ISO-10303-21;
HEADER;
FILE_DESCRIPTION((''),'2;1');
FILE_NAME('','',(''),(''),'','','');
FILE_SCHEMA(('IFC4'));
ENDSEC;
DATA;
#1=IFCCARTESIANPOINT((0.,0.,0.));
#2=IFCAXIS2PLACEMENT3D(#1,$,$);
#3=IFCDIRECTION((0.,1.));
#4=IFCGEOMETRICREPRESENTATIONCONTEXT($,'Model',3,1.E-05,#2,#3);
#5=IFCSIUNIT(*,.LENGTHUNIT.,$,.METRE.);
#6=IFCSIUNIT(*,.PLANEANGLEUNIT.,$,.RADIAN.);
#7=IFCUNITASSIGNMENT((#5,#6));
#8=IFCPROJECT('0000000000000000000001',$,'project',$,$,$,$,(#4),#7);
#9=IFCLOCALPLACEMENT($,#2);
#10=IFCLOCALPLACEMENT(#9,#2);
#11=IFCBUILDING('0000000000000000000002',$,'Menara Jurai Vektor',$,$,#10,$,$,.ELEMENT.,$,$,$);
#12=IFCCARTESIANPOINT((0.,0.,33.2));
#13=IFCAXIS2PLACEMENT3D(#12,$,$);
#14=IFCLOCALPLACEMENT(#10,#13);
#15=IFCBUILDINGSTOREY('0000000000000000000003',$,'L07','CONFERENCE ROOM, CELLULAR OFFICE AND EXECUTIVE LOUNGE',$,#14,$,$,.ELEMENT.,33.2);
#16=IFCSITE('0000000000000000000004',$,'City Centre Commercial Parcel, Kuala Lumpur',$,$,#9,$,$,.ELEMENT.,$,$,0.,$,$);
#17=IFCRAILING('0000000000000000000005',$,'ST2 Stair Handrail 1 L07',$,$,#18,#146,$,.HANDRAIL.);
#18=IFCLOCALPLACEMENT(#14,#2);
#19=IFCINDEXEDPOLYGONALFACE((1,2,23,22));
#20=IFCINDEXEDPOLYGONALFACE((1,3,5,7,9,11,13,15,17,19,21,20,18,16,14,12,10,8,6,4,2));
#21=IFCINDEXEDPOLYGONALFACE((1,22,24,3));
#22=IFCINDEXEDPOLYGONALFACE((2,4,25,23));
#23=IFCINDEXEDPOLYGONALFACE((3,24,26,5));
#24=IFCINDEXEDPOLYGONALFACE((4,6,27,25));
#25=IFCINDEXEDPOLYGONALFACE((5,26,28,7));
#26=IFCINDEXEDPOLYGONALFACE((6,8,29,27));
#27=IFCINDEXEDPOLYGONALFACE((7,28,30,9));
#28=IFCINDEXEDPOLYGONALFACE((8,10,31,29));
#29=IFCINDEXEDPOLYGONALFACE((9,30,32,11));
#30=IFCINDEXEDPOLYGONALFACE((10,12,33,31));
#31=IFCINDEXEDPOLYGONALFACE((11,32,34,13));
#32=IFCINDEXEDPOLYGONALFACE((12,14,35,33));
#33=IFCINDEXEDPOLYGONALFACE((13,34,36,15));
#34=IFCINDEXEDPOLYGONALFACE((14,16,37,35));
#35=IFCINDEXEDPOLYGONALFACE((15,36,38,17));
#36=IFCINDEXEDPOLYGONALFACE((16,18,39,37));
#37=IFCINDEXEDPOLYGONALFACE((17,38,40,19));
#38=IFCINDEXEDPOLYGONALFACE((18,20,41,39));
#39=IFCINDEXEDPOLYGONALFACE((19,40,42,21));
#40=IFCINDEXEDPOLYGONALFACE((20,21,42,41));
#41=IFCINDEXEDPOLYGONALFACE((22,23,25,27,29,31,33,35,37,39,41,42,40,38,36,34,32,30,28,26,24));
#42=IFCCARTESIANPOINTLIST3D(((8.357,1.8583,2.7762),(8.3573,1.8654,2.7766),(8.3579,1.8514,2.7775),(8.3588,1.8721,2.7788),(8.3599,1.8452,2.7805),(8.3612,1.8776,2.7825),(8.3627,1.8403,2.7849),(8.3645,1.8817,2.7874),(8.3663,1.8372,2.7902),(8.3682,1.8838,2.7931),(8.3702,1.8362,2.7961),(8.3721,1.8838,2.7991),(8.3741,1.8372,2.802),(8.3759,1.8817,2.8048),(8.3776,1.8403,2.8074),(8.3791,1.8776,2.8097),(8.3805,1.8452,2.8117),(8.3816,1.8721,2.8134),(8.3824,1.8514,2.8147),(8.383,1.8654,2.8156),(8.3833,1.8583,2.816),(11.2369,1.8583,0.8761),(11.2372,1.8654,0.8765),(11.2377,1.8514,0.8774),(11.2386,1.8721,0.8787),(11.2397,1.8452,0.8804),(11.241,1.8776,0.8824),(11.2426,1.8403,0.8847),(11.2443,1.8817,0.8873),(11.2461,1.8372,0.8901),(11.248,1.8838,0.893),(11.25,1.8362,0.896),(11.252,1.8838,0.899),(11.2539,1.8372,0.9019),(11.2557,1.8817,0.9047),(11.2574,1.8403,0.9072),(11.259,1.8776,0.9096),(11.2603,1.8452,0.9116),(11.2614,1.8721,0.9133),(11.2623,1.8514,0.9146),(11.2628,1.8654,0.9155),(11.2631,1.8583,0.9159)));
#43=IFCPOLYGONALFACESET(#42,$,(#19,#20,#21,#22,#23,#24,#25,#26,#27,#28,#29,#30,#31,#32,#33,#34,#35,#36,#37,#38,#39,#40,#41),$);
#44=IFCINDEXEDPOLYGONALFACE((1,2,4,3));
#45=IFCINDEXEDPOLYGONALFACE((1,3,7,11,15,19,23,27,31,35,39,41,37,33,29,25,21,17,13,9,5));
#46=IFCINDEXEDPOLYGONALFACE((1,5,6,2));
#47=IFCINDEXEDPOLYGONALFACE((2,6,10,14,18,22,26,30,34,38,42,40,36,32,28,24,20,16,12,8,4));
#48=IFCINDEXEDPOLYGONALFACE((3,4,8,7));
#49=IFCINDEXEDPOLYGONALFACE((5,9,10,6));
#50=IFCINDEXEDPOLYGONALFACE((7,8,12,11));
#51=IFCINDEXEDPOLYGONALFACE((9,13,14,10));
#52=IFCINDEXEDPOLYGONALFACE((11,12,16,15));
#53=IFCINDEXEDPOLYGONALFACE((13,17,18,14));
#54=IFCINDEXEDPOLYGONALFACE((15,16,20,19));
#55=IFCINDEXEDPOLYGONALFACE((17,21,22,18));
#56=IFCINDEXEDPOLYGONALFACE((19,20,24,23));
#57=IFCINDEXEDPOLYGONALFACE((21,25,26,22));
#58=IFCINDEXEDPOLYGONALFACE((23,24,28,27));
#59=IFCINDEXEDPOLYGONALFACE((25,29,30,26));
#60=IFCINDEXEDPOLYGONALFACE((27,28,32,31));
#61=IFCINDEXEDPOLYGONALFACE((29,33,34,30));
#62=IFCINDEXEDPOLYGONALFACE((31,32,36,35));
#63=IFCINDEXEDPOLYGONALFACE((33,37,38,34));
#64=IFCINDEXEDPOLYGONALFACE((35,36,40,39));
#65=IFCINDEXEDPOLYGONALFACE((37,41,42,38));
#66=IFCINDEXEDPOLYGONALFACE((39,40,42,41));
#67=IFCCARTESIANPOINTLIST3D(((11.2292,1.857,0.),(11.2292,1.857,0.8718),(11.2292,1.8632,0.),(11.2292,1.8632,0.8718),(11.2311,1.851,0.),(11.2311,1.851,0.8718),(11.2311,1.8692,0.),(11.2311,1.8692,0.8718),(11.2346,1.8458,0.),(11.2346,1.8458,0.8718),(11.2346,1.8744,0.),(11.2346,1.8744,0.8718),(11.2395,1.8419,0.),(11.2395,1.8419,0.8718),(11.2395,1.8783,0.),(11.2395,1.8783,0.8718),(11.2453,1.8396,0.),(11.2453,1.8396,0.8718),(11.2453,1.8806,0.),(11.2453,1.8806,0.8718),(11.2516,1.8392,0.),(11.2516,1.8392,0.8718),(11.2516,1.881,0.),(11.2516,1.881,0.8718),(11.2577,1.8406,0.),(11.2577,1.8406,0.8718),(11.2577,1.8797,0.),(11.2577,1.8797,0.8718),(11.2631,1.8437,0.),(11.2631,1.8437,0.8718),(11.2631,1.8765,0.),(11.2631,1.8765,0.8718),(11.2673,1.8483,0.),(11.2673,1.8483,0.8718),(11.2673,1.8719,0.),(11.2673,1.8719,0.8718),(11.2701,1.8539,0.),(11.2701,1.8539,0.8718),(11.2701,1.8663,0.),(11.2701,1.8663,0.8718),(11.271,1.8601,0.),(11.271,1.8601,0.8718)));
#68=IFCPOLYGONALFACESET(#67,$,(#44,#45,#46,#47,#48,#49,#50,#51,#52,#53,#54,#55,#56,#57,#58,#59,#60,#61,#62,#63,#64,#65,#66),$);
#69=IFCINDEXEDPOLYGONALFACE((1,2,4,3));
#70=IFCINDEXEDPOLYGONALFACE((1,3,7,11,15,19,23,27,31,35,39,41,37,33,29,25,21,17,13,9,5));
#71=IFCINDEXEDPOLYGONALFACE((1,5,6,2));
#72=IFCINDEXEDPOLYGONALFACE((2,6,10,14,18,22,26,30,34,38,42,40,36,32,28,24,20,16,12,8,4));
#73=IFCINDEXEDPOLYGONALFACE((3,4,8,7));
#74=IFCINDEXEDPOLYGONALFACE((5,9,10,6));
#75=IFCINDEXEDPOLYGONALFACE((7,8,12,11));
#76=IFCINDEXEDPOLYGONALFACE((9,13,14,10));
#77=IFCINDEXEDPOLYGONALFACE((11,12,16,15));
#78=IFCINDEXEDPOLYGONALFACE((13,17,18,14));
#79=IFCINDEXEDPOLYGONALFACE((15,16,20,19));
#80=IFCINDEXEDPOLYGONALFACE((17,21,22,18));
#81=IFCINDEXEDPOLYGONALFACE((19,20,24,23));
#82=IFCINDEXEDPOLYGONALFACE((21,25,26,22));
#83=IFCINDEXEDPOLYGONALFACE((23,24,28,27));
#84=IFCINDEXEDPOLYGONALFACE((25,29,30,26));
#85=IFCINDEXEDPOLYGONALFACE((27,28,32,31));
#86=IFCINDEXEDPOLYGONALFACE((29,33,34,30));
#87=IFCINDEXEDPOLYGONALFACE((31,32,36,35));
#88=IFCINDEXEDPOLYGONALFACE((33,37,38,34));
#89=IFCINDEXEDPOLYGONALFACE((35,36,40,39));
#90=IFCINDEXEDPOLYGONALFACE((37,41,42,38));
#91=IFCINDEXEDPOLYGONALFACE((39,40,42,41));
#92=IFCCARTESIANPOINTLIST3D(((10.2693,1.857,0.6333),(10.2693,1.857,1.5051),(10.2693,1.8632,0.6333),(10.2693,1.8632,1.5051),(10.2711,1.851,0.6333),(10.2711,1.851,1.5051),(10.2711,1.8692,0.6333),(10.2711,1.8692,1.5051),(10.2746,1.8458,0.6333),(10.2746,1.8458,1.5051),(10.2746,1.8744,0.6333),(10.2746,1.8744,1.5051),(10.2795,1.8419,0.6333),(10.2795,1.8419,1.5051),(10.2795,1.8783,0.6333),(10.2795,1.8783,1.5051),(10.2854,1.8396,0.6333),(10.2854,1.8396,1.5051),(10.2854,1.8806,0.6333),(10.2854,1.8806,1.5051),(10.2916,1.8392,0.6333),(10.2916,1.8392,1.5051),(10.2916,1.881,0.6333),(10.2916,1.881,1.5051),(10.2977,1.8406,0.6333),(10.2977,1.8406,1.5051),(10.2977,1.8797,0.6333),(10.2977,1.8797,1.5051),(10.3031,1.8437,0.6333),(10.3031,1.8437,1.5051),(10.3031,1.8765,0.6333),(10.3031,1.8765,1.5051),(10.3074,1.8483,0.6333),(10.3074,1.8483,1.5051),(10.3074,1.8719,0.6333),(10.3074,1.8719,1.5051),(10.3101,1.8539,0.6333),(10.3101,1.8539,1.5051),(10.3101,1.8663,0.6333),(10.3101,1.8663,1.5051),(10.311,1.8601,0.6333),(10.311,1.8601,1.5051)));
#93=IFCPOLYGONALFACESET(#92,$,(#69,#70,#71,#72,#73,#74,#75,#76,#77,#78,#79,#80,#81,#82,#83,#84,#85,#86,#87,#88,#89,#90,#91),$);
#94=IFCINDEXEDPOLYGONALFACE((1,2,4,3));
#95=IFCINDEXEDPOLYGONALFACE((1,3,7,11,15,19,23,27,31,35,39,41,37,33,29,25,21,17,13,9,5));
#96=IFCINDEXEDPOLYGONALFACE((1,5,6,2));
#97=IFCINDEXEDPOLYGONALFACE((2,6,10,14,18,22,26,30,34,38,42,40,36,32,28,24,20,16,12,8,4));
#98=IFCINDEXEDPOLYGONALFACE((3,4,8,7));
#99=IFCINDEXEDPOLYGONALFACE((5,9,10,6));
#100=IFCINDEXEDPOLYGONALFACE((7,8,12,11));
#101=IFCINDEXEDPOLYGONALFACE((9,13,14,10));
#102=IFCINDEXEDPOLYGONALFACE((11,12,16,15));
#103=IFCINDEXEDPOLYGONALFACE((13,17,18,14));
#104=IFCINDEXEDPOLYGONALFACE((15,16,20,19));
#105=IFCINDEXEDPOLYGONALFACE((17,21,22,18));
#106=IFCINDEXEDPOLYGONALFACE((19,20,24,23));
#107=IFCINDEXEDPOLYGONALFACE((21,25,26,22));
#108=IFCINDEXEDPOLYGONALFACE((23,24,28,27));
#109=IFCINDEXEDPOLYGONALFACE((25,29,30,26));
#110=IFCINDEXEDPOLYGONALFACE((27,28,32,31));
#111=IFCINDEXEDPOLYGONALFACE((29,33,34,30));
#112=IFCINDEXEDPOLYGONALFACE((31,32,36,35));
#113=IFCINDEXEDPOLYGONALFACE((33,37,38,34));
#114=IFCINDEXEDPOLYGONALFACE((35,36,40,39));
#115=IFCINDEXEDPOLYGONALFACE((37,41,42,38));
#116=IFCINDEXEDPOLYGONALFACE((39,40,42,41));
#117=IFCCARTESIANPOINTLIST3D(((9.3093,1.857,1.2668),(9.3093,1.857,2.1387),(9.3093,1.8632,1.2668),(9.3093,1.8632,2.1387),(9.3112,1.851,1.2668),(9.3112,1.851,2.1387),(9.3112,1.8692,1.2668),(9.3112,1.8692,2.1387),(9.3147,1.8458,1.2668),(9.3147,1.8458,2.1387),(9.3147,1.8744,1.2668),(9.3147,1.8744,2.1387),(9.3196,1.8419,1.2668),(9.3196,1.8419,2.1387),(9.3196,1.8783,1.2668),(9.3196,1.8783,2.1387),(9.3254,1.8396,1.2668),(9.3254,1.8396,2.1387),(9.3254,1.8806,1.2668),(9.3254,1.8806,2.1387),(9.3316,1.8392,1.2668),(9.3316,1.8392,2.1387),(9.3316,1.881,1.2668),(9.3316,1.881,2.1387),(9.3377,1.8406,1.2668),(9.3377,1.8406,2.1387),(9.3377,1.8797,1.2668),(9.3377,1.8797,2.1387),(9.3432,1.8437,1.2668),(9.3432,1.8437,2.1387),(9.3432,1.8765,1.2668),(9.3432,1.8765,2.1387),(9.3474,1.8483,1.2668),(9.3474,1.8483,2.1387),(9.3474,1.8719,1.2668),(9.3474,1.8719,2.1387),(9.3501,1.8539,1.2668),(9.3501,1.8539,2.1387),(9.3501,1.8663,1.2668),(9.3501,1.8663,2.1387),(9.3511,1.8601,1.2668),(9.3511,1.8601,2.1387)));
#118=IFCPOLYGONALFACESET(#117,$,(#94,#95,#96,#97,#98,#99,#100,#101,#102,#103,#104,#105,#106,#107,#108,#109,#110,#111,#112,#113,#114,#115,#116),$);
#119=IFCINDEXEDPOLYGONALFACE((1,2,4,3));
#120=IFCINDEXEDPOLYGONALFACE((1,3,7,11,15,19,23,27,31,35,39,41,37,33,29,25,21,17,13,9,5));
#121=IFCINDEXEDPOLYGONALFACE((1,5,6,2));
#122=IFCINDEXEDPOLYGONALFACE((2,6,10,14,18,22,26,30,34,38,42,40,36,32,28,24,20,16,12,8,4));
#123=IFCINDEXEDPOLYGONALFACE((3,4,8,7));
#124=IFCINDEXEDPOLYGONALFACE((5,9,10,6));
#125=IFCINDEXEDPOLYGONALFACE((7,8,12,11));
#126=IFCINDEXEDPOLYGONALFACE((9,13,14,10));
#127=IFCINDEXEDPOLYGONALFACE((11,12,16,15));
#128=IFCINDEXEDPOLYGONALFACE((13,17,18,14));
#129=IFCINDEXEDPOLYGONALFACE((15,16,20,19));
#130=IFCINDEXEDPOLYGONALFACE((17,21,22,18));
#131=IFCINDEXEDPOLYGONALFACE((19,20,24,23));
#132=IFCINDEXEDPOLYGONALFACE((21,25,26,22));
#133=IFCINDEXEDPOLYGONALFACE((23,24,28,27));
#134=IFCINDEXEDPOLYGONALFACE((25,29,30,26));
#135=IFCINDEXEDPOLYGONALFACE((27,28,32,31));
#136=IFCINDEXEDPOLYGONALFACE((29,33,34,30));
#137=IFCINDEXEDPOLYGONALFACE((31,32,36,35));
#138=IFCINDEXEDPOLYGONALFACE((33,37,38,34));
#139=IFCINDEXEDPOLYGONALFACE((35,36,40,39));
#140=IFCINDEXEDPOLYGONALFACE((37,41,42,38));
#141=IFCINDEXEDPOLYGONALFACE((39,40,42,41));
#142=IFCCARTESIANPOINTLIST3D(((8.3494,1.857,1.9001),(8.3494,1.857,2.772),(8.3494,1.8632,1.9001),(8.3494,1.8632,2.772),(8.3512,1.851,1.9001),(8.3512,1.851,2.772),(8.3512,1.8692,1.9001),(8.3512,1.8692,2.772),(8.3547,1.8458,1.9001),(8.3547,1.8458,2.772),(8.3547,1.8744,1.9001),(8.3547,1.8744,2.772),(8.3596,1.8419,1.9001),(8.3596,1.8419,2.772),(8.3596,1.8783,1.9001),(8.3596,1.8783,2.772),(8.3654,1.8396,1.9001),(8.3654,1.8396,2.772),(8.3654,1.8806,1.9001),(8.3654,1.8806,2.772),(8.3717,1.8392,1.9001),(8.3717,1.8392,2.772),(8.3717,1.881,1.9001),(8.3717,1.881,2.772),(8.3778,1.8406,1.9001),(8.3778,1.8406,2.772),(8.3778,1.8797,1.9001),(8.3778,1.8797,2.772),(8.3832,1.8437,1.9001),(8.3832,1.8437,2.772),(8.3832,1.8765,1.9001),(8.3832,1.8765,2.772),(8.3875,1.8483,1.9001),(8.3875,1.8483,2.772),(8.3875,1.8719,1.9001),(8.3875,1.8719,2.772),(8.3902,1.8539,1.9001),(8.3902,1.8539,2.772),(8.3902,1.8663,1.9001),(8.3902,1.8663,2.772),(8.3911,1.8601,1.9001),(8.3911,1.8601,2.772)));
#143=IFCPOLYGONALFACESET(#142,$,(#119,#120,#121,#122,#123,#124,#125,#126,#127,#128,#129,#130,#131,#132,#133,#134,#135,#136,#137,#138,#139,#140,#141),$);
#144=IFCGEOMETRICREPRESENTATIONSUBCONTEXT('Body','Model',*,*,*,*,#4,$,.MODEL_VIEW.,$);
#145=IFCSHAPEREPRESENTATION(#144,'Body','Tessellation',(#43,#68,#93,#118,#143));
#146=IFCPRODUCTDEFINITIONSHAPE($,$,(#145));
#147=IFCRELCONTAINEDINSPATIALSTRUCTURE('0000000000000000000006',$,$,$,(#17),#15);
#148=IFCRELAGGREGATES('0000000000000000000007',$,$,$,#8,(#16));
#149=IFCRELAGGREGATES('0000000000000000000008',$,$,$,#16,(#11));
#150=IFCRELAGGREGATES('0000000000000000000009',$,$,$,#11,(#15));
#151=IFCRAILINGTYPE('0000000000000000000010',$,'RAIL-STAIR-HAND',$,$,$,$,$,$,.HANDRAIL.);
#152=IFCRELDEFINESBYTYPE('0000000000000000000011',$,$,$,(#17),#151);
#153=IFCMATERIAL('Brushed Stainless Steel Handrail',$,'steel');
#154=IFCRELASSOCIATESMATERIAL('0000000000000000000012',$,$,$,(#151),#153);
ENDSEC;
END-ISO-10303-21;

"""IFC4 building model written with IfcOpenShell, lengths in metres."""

from ifc_helpers import new_model, si_unit, direction, frame, origin, origin_2d, place, context, subcontext, project, spatial, circle, extrude, material, type_object, element, save


model = new_model("IFC4")

# Units and contexts
model_context = context("Model", 3, precision=1e-05, world=origin(), true_north=direction((0.0, 1.0)))
body_context = subcontext(model_context, "Body", "Model", "MODEL_VIEW")
ifc_project = project(units=[si_unit("LENGTHUNIT", "METRE"), si_unit("PLANEANGLEUNIT", "RADIAN")], contexts=[model_context])

# Site, building, storey
site_placement = place(None, origin())
site = spatial("IfcSite", under=ifc_project, at=site_placement, Name="City Centre Commercial Parcel, Kuala Lumpur", CompositionType="ELEMENT", RefElevation=0.0)
building_placement = place(site_placement, origin())
building = spatial("IfcBuilding", under=site, at=building_placement, Name="Menara Jurai Vektor", CompositionType="ELEMENT")
storey_placement = place(building_placement, frame((0.0, 0.0, 33.2)))
storey = spatial("IfcBuildingStorey", under=building, at=storey_placement, Name="L07", Description="CONFERENCE ROOM, CELLULAR OFFICE AND EXECUTIVE LOUNGE", CompositionType="ELEMENT", Elevation=33.2)

# Railing
ifc_material_1 = material(Name="Brushed Stainless Steel Handrail", Category="steel")
railing_type_1 = type_object("IfcRailingType", Name="RAIL-STAIR-HAND", PredefinedType="HANDRAIL", material=ifc_material_1)
railing_1_placement = place(storey_placement, frame((11.25, 1.8601, 0.0)))
element("IfcRailing", 1, at=railing_1_placement, inside=storey, type_object=railing_type_1, Name="ST2 Stair Handrail 1 L07", PredefinedType="HANDRAIL", context=body_context, shape_type="SweptSolid", body=[
    extrude(circle(Radius=0.0239, at=origin_2d()), frame((0.0, 0.0, 0.896), z_axis=(-0.834686, 0.0, 0.550726), x_axis=(0.0, -1.0, 0.0)), (0.0, 0.0, 1.0), 3.4502),
    extrude(circle(Radius=0.021, at=origin_2d()), origin(), (0.0, 0.0, 1.0), 0.8718),
    extrude(circle(Radius=0.021, at=origin_2d()), frame((-0.96, 0.0, 0.6333)), (0.0, 0.0, 1.0), 0.8718),
    extrude(circle(Radius=0.021, at=origin_2d()), frame((-1.9199, 0.0, 1.2668)), (0.0, 0.0, 1.0), 0.8718),
    extrude(circle(Radius=0.021, at=origin_2d()), frame((-2.8799, 0.0, 1.9001)), (0.0, 0.0, 1.0), 0.8718),
])

save(model, "model.ifc")
